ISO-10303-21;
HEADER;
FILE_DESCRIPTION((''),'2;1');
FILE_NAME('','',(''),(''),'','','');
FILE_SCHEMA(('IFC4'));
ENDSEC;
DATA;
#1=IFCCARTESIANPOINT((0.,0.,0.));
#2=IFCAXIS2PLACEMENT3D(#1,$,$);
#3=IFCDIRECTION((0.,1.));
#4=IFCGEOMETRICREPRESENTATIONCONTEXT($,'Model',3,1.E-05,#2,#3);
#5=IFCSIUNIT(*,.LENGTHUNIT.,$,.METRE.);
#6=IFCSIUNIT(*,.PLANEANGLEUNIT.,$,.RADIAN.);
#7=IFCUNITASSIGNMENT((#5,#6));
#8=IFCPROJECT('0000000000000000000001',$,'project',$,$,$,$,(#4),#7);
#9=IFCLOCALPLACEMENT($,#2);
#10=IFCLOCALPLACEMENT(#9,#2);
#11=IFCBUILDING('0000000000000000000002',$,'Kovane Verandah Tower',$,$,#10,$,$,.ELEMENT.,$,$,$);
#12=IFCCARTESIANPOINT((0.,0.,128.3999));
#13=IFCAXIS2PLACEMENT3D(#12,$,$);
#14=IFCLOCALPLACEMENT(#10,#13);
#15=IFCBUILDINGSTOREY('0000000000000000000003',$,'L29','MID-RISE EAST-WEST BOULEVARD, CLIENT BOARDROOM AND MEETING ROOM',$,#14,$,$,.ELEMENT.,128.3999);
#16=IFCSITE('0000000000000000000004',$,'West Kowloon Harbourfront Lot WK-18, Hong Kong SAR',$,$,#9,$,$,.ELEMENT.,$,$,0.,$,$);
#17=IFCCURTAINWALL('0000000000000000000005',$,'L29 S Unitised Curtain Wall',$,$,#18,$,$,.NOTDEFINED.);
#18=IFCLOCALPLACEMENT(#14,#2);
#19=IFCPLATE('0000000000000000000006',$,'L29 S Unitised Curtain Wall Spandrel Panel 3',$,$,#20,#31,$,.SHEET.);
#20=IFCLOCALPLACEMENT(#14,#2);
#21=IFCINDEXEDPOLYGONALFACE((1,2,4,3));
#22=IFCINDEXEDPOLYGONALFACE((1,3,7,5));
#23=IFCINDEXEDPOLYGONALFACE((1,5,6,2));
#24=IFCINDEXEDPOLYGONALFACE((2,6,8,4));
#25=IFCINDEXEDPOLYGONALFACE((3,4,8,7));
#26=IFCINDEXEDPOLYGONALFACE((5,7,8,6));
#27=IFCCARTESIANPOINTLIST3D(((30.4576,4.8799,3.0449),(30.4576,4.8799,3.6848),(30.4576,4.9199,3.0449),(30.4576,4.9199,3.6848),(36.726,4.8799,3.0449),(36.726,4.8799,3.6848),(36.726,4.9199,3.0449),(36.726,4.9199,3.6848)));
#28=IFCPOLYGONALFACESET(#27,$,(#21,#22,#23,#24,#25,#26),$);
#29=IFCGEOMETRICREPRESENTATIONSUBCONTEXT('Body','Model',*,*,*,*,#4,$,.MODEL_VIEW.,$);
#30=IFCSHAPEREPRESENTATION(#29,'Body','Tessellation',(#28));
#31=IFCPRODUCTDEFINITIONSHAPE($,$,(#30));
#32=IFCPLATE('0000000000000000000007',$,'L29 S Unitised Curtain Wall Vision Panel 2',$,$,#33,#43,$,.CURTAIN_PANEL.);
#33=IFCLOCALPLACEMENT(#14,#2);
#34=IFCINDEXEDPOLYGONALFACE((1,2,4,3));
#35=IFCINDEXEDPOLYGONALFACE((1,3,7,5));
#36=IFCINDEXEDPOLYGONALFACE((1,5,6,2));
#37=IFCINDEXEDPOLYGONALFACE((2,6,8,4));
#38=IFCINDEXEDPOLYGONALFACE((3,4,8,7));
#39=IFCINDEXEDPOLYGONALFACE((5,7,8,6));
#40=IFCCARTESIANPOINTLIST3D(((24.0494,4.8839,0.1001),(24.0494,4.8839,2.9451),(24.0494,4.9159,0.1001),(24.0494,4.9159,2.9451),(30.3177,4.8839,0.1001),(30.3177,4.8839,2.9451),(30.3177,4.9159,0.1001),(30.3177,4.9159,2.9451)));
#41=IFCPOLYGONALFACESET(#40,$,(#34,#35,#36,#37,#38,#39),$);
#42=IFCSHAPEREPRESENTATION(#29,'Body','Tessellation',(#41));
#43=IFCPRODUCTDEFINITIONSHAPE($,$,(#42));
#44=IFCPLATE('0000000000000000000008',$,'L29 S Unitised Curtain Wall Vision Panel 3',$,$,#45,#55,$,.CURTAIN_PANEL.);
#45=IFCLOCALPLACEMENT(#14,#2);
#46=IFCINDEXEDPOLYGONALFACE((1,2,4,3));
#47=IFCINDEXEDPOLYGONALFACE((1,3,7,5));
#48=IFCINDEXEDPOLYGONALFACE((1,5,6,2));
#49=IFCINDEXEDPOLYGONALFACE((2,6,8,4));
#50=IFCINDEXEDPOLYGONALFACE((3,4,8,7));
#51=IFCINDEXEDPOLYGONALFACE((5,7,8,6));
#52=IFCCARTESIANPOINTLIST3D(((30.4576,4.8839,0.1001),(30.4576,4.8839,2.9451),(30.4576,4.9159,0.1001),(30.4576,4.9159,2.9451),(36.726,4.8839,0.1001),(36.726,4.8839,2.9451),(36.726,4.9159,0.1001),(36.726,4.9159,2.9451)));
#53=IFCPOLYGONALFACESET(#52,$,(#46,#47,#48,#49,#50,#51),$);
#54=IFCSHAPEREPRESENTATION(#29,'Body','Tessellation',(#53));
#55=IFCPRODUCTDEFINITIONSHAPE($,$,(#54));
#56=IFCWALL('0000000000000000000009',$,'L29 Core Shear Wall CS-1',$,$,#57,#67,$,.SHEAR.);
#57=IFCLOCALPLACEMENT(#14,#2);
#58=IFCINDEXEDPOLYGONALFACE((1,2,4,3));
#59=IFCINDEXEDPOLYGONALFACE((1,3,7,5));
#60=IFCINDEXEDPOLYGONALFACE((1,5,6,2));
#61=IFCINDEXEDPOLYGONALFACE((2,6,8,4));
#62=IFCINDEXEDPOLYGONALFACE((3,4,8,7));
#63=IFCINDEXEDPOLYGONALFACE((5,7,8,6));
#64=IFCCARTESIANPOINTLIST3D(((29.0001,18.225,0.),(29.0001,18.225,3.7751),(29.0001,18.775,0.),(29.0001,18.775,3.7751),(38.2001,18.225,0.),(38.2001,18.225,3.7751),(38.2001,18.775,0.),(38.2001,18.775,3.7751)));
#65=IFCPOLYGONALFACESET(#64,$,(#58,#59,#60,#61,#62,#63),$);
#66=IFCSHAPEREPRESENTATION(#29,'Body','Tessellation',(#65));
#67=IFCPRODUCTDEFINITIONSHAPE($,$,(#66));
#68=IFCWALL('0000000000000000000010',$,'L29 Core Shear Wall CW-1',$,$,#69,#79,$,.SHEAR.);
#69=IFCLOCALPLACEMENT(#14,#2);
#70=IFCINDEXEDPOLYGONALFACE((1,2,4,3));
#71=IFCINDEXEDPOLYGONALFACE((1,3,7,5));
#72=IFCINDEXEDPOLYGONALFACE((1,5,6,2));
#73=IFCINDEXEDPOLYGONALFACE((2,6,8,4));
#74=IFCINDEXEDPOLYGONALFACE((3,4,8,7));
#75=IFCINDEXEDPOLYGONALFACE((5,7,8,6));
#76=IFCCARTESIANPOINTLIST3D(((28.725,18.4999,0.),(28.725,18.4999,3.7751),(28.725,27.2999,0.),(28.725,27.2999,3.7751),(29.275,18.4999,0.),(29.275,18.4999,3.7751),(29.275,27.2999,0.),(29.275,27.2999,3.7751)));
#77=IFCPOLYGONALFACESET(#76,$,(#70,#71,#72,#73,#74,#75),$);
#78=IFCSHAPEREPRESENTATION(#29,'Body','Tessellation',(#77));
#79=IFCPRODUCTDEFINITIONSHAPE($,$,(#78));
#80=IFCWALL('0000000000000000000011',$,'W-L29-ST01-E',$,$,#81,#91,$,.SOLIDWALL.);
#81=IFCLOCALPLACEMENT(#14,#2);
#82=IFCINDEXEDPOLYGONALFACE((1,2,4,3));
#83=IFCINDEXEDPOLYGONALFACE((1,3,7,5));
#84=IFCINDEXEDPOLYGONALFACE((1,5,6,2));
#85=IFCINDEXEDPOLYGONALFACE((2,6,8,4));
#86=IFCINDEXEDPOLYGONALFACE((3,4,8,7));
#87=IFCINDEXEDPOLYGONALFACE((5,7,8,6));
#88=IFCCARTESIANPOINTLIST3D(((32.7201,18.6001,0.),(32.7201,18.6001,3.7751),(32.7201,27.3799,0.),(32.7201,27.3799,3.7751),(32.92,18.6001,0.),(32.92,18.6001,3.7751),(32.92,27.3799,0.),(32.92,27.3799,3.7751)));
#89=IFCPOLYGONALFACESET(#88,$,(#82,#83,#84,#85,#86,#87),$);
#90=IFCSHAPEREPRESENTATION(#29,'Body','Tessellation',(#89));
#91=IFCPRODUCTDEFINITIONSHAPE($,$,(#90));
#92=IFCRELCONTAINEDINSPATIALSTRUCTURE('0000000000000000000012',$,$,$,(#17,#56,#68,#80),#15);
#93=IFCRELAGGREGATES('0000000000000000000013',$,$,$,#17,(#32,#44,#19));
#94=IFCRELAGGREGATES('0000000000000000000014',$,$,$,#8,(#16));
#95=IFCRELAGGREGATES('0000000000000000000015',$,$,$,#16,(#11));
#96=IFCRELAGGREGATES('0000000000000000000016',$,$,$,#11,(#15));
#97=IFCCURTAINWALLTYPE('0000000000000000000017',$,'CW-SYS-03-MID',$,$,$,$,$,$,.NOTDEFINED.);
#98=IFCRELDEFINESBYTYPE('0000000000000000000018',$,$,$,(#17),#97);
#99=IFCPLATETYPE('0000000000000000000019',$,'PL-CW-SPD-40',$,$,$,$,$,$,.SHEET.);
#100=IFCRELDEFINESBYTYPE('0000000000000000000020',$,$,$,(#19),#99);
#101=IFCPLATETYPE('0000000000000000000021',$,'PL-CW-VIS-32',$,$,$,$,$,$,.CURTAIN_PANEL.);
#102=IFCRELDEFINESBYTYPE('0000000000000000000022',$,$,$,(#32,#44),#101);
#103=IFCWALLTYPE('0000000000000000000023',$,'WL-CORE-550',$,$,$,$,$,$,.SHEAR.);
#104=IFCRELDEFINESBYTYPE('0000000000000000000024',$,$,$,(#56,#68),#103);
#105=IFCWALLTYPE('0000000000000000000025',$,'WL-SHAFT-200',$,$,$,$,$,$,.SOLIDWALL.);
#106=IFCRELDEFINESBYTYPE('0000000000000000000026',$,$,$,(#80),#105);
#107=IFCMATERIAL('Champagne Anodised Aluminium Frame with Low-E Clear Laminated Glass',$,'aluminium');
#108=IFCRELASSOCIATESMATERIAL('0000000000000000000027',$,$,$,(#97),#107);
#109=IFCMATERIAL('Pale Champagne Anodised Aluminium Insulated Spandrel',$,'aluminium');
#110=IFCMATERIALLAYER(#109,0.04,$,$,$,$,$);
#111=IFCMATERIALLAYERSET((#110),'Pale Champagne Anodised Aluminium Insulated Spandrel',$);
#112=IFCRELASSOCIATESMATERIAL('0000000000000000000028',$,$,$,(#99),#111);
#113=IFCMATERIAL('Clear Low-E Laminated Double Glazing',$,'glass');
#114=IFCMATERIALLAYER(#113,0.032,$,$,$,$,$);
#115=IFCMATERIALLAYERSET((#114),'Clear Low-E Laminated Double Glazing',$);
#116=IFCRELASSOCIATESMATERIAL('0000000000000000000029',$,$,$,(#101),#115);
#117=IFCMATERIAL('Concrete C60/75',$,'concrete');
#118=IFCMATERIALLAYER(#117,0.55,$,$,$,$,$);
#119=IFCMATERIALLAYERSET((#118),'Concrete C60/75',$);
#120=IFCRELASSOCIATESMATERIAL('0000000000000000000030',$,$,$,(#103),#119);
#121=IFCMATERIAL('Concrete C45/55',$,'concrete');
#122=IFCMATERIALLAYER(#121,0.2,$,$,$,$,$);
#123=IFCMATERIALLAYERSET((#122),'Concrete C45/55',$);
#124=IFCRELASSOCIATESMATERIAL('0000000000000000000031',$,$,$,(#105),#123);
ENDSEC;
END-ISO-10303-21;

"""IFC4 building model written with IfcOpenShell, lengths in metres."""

from ifc_helpers import new_model, si_unit, direction, frame, frame_2d, origin, origin_2d, place, context, subcontext, project, spatial, rectangle, extrude, material, layer, layer_set, type_object, element, aggregate, save


model = new_model("IFC4")

# Units and contexts
model_context = context("Model", 3, precision=1e-05, world=origin(), true_north=direction((0.0, 1.0)))
body_context = subcontext(model_context, "Body", "Model", "MODEL_VIEW")
ifc_project = project(units=[si_unit("LENGTHUNIT", "METRE"), si_unit("PLANEANGLEUNIT", "RADIAN")], contexts=[model_context])

# Site, building, storey
site_placement = place(None, origin())
site = spatial("IfcSite", under=ifc_project, at=site_placement, Name="West Kowloon Harbourfront Lot WK-18, Hong Kong SAR", CompositionType="ELEMENT", RefElevation=0.0)
building_placement = place(site_placement, origin())
building = spatial("IfcBuilding", under=site, at=building_placement, Name="Kovane Verandah Tower", CompositionType="ELEMENT")
storey_placement = place(building_placement, frame((0.0, 0.0, 128.3999)))
storey = spatial("IfcBuildingStorey", under=building, at=storey_placement, Name="L29", Description="MID-RISE EAST-WEST BOULEVARD, CLIENT BOARDROOM AND MEETING ROOM", CompositionType="ELEMENT", Elevation=128.3999)

# Curtain wall
ifc_material_1 = material(Name="Champagne Anodised Aluminium Frame with Low-E Clear Laminated Glass", Category="aluminium")
curtain_wall_type = type_object("IfcCurtainWallType", Name="CW-SYS-03-MID", PredefinedType="NOTDEFINED", material=ifc_material_1)
curtain_wall_placement = place(storey_placement, origin())
curtain_wall = element("IfcCurtainWall", 1, at=curtain_wall_placement, inside=storey, type_object=curtain_wall_type, Name="L29 S Unitised Curtain Wall", PredefinedType="NOTDEFINED")

# Plates
ifc_material_2 = material(Name="Pale Champagne Anodised Aluminium Insulated Spandrel", Category="aluminium")
ifc_layer_1 = layer(ifc_material_2, 0.04)
ifc_layer_set_1 = layer_set([ifc_layer_1], Name="Pale Champagne Anodised Aluminium Insulated Spandrel")
plate_type_1 = type_object("IfcPlateType", Name="PL-CW-SPD-40", PredefinedType="SHEET", material=ifc_layer_set_1)
plate_1_placement = place(storey_placement, frame((33.5918, 4.8999, 3.0449), z_axis=(0.0, 0.0, 1.0), x_axis=(1.0, 0.0, 0.0)))
plate_1 = element("IfcPlate", 2, at=plate_1_placement, type_object=plate_type_1, Name="L29 S Unitised Curtain Wall Spandrel Panel 3", PredefinedType="SHEET", context=body_context, shape_type="SweptSolid", body=[
    extrude(rectangle(XDim=6.2683, YDim=0.04, at=origin_2d()), origin(), (0.0, 0.0, 1.0), 0.6399),
])
ifc_material_3 = material(Name="Clear Low-E Laminated Double Glazing", Category="glass")
ifc_layer_2 = layer(ifc_material_3, 0.032)
ifc_layer_set_2 = layer_set([ifc_layer_2], Name="Clear Low-E Laminated Double Glazing")
plate_type_2 = type_object("IfcPlateType", Name="PL-CW-VIS-32", PredefinedType="CURTAIN_PANEL", material=ifc_layer_set_2)
plate_2_placement = place(storey_placement, frame((27.1836, 4.8999, 0.1001), z_axis=(0.0, 0.0, 1.0), x_axis=(1.0, 0.0, 0.0)))
plate_2 = element("IfcPlate", 3, at=plate_2_placement, type_object=plate_type_2, Name="L29 S Unitised Curtain Wall Vision Panel 2", PredefinedType="CURTAIN_PANEL", context=body_context, shape_type="SweptSolid", body=[
    extrude(rectangle(XDim=6.2683, YDim=0.032, at=origin_2d()), origin(), (0.0, 0.0, 1.0), 2.845),
])
plate_3_placement = place(storey_placement, frame((33.5918, 4.8999, 0.1001), z_axis=(0.0, 0.0, 1.0), x_axis=(1.0, 0.0, 0.0)))
plate_3 = element("IfcPlate", 4, at=plate_3_placement, type_object=plate_type_2, Name="L29 S Unitised Curtain Wall Vision Panel 3", PredefinedType="CURTAIN_PANEL", context=body_context, shape_type="SweptSolid", body=[
    extrude(rectangle(XDim=6.2683, YDim=0.032, at=origin_2d()), origin(), (0.0, 0.0, 1.0), 2.845),
])
aggregate(curtain_wall, [plate_2, plate_3, plate_1])

# Walls
ifc_material_4 = material(Name="Concrete C60/75", Category="concrete")
ifc_layer_3 = layer(ifc_material_4, 0.55)
ifc_layer_set_3 = layer_set([ifc_layer_3], Name="Concrete C60/75")
wall_type_1 = type_object("IfcWallType", Name="WL-CORE-550", PredefinedType="SHEAR", material=ifc_layer_set_3)
wall_1_placement = place(storey_placement, frame((29.0, 18.5, 0.0), z_axis=(0.0, 0.0, 1.0), x_axis=(1.0, 0.0, 0.0)))
element("IfcWall", 5, at=wall_1_placement, inside=storey, type_object=wall_type_1, Name="L29 Core Shear Wall CS-1", PredefinedType="SHEAR", context=body_context, shape_type="SweptSolid", body=[
    extrude(rectangle(XDim=9.2, YDim=0.55, at=frame_2d((4.6001, 0.0))), origin(), (0.0, 0.0, 1.0), 3.7751),
])
wall_2_placement = place(storey_placement, frame((29.0, 18.5, 0.0), z_axis=(0.0, 0.0, 1.0), x_axis=(0.0, 1.0, 0.0)))
element("IfcWall", 6, at=wall_2_placement, inside=storey, type_object=wall_type_1, Name="L29 Core Shear Wall CW-1", PredefinedType="SHEAR", context=body_context, shape_type="SweptSolid", body=[
    extrude(rectangle(XDim=8.8, YDim=0.55, at=frame_2d((4.3999, 0.0))), origin(), (0.0, 0.0, 1.0), 3.7751),
])
ifc_material_5 = material(Name="Concrete C45/55", Category="concrete")
ifc_layer_4 = layer(ifc_material_5, 0.2)
ifc_layer_set_4 = layer_set([ifc_layer_4], Name="Concrete C45/55")
wall_type_2 = type_object("IfcWallType", Name="WL-SHAFT-200", PredefinedType="SOLIDWALL", material=ifc_layer_set_4)
wall_3_placement = place(storey_placement, frame((32.8201, 18.6001, 0.0), z_axis=(0.0, 0.0, 1.0), x_axis=(0.0, 1.0, 0.0)))
element("IfcWall", 7, at=wall_3_placement, inside=storey, type_object=wall_type_2, Name="W-L29-ST01-E", PredefinedType="SOLIDWALL", context=body_context, shape_type="SweptSolid", body=[
    extrude(rectangle(XDim=8.7798, YDim=0.2, at=frame_2d((4.3899, 0.0))), origin(), (0.0, 0.0, 1.0), 3.7751),
])

save(model, "model.ifc")
